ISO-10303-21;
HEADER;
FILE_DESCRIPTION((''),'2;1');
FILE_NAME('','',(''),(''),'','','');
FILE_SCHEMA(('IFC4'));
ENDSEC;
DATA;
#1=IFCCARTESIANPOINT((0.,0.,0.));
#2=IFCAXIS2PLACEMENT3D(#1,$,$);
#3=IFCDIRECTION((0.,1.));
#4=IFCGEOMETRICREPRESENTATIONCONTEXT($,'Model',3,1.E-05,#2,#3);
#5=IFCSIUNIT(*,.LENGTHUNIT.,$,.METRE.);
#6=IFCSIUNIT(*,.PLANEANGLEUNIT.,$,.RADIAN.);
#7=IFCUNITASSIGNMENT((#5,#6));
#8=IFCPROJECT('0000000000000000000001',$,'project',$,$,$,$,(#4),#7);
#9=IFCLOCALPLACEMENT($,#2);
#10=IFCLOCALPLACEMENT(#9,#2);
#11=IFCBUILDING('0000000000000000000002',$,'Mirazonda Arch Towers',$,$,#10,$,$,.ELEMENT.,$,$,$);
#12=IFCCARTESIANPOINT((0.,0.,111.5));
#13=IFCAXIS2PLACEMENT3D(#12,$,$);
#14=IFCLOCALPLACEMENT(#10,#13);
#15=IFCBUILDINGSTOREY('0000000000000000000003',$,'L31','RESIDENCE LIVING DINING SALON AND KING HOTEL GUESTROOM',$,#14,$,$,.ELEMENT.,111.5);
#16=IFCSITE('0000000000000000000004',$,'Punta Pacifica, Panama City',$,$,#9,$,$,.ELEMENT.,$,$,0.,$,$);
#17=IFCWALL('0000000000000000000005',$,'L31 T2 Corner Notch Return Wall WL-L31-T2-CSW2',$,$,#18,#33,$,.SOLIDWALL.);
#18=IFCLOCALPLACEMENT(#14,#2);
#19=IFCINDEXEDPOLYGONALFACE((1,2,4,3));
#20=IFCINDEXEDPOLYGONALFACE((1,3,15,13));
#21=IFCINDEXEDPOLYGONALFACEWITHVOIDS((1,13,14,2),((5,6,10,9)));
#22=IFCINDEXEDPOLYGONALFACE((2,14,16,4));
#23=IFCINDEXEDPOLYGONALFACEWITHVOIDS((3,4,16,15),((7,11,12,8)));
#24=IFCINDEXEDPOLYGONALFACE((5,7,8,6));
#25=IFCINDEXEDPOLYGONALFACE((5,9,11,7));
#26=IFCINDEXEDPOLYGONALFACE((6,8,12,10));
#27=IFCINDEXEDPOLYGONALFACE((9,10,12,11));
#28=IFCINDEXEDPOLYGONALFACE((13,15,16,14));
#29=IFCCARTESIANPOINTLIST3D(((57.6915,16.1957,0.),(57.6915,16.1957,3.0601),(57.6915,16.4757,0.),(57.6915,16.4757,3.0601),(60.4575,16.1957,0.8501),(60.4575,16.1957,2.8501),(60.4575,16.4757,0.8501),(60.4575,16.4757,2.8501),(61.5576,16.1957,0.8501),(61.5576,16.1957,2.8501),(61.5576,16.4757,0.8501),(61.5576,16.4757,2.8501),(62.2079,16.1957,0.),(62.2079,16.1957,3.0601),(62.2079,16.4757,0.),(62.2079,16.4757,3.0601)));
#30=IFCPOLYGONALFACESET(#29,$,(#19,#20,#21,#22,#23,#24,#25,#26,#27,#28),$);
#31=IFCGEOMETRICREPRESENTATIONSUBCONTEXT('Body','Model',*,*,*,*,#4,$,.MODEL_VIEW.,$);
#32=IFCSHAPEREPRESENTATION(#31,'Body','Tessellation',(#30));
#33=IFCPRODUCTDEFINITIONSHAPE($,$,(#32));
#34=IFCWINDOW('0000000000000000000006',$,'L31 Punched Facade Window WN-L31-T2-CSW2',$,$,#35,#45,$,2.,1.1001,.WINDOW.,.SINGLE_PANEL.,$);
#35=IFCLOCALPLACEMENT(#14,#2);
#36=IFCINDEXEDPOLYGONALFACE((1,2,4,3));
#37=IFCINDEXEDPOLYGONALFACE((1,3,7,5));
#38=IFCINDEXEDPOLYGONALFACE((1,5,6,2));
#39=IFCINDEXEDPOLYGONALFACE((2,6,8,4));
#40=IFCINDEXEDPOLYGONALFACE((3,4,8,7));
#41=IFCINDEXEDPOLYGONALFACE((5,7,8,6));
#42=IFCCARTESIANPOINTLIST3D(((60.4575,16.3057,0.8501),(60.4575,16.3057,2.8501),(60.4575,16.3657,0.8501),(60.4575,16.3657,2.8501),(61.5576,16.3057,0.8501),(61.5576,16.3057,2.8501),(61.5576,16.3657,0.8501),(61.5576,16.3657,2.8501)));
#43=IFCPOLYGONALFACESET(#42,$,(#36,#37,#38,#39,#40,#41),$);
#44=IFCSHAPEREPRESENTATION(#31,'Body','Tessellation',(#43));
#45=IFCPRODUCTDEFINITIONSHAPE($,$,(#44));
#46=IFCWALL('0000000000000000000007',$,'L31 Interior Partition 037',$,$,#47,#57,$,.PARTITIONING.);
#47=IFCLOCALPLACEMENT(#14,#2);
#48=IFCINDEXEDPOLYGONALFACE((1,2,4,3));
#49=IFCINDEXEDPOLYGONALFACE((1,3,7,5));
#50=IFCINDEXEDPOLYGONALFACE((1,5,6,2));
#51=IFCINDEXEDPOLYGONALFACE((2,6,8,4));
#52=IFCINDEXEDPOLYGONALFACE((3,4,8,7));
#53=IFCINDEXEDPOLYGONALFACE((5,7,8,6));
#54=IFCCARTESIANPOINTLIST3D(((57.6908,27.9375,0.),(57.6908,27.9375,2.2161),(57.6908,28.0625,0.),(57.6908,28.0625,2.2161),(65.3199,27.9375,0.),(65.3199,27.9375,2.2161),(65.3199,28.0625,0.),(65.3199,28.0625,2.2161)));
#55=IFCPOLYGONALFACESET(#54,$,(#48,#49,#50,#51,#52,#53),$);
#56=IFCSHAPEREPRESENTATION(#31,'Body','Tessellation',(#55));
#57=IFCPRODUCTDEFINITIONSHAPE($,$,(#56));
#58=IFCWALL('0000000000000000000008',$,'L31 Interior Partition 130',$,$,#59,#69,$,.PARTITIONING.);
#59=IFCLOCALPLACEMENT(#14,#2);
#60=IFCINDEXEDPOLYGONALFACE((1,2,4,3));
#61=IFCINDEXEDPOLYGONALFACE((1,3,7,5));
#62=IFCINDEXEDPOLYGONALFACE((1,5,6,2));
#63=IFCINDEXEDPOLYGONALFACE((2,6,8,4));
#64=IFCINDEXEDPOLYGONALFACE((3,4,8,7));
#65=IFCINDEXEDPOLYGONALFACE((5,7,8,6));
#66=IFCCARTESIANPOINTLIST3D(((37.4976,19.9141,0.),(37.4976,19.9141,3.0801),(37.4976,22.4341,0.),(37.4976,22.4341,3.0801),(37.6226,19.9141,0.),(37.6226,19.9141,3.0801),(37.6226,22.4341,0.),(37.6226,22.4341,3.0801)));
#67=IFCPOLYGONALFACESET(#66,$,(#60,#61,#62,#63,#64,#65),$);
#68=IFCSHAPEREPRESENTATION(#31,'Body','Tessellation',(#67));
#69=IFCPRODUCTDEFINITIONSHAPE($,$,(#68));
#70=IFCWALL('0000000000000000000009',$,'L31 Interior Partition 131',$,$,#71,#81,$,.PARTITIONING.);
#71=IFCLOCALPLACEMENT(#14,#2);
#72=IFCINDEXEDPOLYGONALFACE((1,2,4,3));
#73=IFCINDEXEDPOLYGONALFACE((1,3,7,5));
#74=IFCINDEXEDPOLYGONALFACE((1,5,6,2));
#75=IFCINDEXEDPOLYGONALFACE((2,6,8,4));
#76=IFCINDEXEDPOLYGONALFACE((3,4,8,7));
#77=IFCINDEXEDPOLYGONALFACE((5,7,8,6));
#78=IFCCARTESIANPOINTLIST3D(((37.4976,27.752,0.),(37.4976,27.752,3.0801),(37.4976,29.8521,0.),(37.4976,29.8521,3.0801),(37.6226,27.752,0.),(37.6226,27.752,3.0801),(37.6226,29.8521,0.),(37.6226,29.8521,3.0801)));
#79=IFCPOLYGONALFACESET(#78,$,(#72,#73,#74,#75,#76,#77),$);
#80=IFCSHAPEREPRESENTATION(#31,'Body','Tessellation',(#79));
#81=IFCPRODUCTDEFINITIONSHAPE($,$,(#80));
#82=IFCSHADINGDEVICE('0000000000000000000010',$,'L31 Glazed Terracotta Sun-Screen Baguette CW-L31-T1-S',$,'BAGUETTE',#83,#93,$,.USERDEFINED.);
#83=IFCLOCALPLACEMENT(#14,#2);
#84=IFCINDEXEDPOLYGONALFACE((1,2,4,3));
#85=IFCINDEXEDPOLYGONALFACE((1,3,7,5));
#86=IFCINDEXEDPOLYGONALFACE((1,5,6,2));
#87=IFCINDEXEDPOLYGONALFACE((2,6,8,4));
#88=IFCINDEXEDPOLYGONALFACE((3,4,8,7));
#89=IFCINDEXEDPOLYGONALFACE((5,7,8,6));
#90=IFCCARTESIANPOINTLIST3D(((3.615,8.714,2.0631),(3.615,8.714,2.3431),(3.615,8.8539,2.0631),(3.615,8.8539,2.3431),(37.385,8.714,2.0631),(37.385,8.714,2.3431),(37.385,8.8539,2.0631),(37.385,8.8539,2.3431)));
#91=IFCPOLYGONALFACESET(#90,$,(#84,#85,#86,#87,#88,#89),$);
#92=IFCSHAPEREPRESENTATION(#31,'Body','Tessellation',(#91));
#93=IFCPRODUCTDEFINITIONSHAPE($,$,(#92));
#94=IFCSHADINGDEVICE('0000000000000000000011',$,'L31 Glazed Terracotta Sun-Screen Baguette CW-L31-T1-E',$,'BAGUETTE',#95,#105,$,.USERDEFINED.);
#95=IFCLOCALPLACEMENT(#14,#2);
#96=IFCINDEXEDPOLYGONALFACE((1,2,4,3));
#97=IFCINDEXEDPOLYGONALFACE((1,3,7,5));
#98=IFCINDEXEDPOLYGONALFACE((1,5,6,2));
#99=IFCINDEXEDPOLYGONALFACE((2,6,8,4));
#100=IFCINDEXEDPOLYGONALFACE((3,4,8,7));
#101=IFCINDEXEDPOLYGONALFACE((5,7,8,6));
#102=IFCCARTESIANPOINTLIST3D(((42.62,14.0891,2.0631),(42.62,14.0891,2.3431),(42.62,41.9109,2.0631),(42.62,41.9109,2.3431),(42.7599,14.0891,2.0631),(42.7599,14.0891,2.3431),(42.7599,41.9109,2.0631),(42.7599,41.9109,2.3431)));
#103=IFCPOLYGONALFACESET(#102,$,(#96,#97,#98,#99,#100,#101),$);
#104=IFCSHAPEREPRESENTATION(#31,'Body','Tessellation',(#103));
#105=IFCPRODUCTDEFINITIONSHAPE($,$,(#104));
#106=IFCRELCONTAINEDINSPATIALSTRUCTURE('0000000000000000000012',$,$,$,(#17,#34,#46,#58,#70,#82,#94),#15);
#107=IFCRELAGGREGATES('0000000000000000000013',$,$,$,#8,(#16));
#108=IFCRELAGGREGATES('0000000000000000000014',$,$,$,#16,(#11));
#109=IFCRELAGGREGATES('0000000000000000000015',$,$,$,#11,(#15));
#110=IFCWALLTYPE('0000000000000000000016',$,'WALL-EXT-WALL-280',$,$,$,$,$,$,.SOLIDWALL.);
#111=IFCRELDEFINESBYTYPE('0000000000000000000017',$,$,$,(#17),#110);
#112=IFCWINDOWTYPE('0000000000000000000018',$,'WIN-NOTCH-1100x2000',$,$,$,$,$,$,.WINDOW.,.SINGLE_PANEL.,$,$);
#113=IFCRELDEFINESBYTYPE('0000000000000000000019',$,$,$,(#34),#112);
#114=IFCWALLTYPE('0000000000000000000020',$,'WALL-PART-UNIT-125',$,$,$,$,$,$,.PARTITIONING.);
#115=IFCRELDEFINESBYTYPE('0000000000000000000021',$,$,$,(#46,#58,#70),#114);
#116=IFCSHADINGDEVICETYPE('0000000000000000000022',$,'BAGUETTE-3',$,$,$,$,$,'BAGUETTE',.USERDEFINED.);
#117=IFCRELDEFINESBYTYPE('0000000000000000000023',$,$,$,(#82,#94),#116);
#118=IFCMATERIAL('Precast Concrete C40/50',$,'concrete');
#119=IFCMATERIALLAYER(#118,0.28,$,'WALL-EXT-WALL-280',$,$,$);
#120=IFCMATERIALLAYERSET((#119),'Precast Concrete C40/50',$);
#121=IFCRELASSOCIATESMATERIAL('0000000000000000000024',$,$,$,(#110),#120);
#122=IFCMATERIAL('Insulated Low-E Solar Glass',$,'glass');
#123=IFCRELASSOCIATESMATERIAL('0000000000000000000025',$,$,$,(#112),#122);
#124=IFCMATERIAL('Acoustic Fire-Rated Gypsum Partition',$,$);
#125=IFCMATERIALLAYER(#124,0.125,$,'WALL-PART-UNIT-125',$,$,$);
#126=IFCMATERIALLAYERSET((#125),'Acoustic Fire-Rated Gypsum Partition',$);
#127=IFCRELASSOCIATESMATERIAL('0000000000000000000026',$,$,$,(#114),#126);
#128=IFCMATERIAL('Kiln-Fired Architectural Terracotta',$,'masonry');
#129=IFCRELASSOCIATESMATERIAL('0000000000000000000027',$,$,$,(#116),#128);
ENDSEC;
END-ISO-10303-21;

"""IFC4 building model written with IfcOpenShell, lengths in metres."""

from ifc_helpers import new_model, si_unit, direction, frame, frame_2d, origin, origin_2d, place, context, subcontext, project, spatial, rectangle, extrude, material, layer, layer_set, material_profile, profile_set, type_object, element, fill, save


model = new_model("IFC4")

# Units and contexts
model_context = context("Model", 3, precision=1e-05, world=origin(), true_north=direction((0.0, 1.0)))
body_context = subcontext(model_context, "Body", "Model", "MODEL_VIEW")
ifc_project = project(units=[si_unit("LENGTHUNIT", "METRE"), si_unit("PLANEANGLEUNIT", "RADIAN")], contexts=[model_context])

# Site, building, storey
site_placement = place(None, origin())
site = spatial("IfcSite", under=ifc_project, at=site_placement, Name="Punta Pacifica, Panama City", CompositionType="ELEMENT", RefElevation=0.0)
building_placement = place(site_placement, origin())
building = spatial("IfcBuilding", under=site, at=building_placement, Name="Mirazonda Arch Towers", CompositionType="ELEMENT")
storey_placement = place(building_placement, frame((0.0, 0.0, 111.5)))
storey = spatial("IfcBuildingStorey", under=building, at=storey_placement, Name="L31", Description="RESIDENCE LIVING DINING SALON AND KING HOTEL GUESTROOM", CompositionType="ELEMENT", Elevation=111.5)

# Shared definitions
ifc_material_1 = material(Name="Insulated Low-E Solar Glass", Category="glass")

# Shared definitions
ifc_material_2 = material(Name="Precast Concrete C40/50", Category="concrete")
ifc_layer_1 = layer(ifc_material_2, 0.28, Name="WALL-EXT-WALL-280")
ifc_layer_set_1 = layer_set([ifc_layer_1], Name="Precast Concrete C40/50")
wall_type_1 = type_object("IfcWallType", Name="WALL-EXT-WALL-280", PredefinedType="SOLIDWALL", material=ifc_layer_set_1)
window_type = type_object("IfcWindowType", Name="WIN-NOTCH-1100x2000", PartitioningType="SINGLE_PANEL", PredefinedType="WINDOW", material=ifc_material_1)

# Wall, opening, window
wall_1_placement = place(storey_placement, frame((57.6914, 16.3357, 0.0), z_axis=(0.0, 0.0, 1.0), x_axis=(1.0, 0.0, 0.0)))
wall_1 = element("IfcWall", 1, at=wall_1_placement, inside=storey, type_object=wall_type_1, Name="L31 T2 Corner Notch Return Wall WL-L31-T2-CSW2", PredefinedType="SOLIDWALL", context=body_context, shape_type="SweptSolid", body=[
    extrude(rectangle(XDim=4.5164, YDim=0.28, at=frame_2d((2.2583, 0.0))), origin(), (0.0, 0.0, 1.0), 3.0601),
])
opening_1_placement = place(wall_1_placement, frame((2.7661, 0.0, 0.8501)))
opening_1 = element("IfcOpeningElement", 2, at=opening_1_placement, cuts=wall_1, PredefinedType="OPENING", context=body_context, shape_type="SweptSolid", body=[
    extrude(rectangle(XDim=1.1001, YDim=2.0, at=frame_2d((0.55, 1.0))), frame((0.0, 0.1499, 0.0), z_axis=(0.0, -1.0, 0.0), x_axis=(1.0, 0.0, 0.0)), (0.0, 0.0, 1.0), 0.3),
])
window_1_placement = place(opening_1_placement, origin())
window_1 = element("IfcWindow", 3, at=window_1_placement, inside=storey, type_object=window_type, Name="L31 Punched Facade Window WN-L31-T2-CSW2", OverallHeight=2.0, OverallWidth=1.1001, PartitioningType="SINGLE_PANEL", PredefinedType="WINDOW", context=body_context, shape_type="SweptSolid", body=[
    extrude(rectangle(XDim=1.1001, YDim=2.0, at=frame_2d((0.55, 1.0))), frame((0.0, 0.03, 0.0), z_axis=(0.0, -1.0, 0.0), x_axis=(1.0, 0.0, 0.0)), (0.0, 0.0, 1.0), 0.0601),
])
fill(opening_1, window_1)

# Walls
ifc_material_3 = material(Name="Acoustic Fire-Rated Gypsum Partition")
ifc_layer_2 = layer(ifc_material_3, 0.125, Name="WALL-PART-UNIT-125")
ifc_layer_set_2 = layer_set([ifc_layer_2], Name="Acoustic Fire-Rated Gypsum Partition")
wall_type_2 = type_object("IfcWallType", Name="WALL-PART-UNIT-125", PredefinedType="PARTITIONING", material=ifc_layer_set_2)
wall_2_placement = place(storey_placement, frame((57.6909, 28.0, 0.0), z_axis=(0.0, 0.0, 1.0), x_axis=(1.0, 0.0, 0.0)))
element("IfcWall", 4, at=wall_2_placement, inside=storey, type_object=wall_type_2, Name="L31 Interior Partition 037", PredefinedType="PARTITIONING", context=body_context, shape_type="SweptSolid", body=[
    extrude(rectangle(XDim=7.6292, YDim=0.125, at=frame_2d((3.8145, 0.0))), origin(), (0.0, 0.0, 1.0), 2.2161),
])
wall_3_placement = place(storey_placement, frame((37.5601, 19.9141, 0.0), z_axis=(0.0, 0.0, 1.0), x_axis=(0.0, 1.0, 0.0)))
element("IfcWall", 5, at=wall_3_placement, inside=storey, type_object=wall_type_2, Name="L31 Interior Partition 130", PredefinedType="PARTITIONING", context=body_context, shape_type="SweptSolid", body=[
    extrude(rectangle(XDim=2.52, YDim=0.125, at=frame_2d((1.26, 0.0))), origin(), (0.0, 0.0, 1.0), 3.0801),
])
wall_4_placement = place(storey_placement, frame((37.5601, 27.752, 0.0), z_axis=(0.0, 0.0, 1.0), x_axis=(0.0, 1.0, 0.0)))
element("IfcWall", 6, at=wall_4_placement, inside=storey, type_object=wall_type_2, Name="L31 Interior Partition 131", PredefinedType="PARTITIONING", context=body_context, shape_type="SweptSolid", body=[
    extrude(rectangle(XDim=2.1001, YDim=0.125, at=frame_2d((1.05, 0.0))), origin(), (0.0, 0.0, 1.0), 3.0801),
])

# Shading devices
ifc_material_4 = material(Name="Kiln-Fired Architectural Terracotta", Category="masonry")
ifc_material_profile_1 = material_profile(ifc_material_4, rectangle(XDim=0.1399, YDim=0.28, at=origin_2d()), Name="TERRA-BAG-140x280")
ifc_profile_set_1 = profile_set([ifc_material_profile_1], Name="Kiln-Fired Architectural Terracotta")
shading_device_type = type_object("IfcShadingDeviceType", Name="BAGUETTE-3", ElementType="BAGUETTE", PredefinedType="USERDEFINED", material=ifc_profile_set_1)
shading_device_1_placement = place(storey_placement, frame((37.385, 8.7839, 2.2031), z_axis=(-1.0, 0.0, 0.0), x_axis=(0.0, -1.0, 0.0)))
element("IfcShadingDevice", 7, at=shading_device_1_placement, inside=storey, type_object=shading_device_type, Name="L31 Glazed Terracotta Sun-Screen Baguette CW-L31-T1-S", ObjectType="BAGUETTE", PredefinedType="USERDEFINED", context=body_context, shape_type="SweptSolid", body=[
    extrude(rectangle(XDim=0.1399, YDim=0.28, at=origin_2d()), origin(), (0.0, 0.0, 1.0), 33.77),
])
shading_device_2_placement = place(storey_placement, frame((42.6899, 14.0891, 2.2031), z_axis=(0.0, 1.0, 0.0), x_axis=(-1.0, 0.0, 0.0)))
element("IfcShadingDevice", 8, at=shading_device_2_placement, inside=storey, type_object=shading_device_type, Name="L31 Glazed Terracotta Sun-Screen Baguette CW-L31-T1-E", ObjectType="BAGUETTE", PredefinedType="USERDEFINED", context=body_context, shape_type="SweptSolid", body=[
    extrude(rectangle(XDim=0.1399, YDim=0.28, at=origin_2d()), origin(), (0.0, 0.0, 1.0), 27.8218),
])

save(model, "model.ifc")
